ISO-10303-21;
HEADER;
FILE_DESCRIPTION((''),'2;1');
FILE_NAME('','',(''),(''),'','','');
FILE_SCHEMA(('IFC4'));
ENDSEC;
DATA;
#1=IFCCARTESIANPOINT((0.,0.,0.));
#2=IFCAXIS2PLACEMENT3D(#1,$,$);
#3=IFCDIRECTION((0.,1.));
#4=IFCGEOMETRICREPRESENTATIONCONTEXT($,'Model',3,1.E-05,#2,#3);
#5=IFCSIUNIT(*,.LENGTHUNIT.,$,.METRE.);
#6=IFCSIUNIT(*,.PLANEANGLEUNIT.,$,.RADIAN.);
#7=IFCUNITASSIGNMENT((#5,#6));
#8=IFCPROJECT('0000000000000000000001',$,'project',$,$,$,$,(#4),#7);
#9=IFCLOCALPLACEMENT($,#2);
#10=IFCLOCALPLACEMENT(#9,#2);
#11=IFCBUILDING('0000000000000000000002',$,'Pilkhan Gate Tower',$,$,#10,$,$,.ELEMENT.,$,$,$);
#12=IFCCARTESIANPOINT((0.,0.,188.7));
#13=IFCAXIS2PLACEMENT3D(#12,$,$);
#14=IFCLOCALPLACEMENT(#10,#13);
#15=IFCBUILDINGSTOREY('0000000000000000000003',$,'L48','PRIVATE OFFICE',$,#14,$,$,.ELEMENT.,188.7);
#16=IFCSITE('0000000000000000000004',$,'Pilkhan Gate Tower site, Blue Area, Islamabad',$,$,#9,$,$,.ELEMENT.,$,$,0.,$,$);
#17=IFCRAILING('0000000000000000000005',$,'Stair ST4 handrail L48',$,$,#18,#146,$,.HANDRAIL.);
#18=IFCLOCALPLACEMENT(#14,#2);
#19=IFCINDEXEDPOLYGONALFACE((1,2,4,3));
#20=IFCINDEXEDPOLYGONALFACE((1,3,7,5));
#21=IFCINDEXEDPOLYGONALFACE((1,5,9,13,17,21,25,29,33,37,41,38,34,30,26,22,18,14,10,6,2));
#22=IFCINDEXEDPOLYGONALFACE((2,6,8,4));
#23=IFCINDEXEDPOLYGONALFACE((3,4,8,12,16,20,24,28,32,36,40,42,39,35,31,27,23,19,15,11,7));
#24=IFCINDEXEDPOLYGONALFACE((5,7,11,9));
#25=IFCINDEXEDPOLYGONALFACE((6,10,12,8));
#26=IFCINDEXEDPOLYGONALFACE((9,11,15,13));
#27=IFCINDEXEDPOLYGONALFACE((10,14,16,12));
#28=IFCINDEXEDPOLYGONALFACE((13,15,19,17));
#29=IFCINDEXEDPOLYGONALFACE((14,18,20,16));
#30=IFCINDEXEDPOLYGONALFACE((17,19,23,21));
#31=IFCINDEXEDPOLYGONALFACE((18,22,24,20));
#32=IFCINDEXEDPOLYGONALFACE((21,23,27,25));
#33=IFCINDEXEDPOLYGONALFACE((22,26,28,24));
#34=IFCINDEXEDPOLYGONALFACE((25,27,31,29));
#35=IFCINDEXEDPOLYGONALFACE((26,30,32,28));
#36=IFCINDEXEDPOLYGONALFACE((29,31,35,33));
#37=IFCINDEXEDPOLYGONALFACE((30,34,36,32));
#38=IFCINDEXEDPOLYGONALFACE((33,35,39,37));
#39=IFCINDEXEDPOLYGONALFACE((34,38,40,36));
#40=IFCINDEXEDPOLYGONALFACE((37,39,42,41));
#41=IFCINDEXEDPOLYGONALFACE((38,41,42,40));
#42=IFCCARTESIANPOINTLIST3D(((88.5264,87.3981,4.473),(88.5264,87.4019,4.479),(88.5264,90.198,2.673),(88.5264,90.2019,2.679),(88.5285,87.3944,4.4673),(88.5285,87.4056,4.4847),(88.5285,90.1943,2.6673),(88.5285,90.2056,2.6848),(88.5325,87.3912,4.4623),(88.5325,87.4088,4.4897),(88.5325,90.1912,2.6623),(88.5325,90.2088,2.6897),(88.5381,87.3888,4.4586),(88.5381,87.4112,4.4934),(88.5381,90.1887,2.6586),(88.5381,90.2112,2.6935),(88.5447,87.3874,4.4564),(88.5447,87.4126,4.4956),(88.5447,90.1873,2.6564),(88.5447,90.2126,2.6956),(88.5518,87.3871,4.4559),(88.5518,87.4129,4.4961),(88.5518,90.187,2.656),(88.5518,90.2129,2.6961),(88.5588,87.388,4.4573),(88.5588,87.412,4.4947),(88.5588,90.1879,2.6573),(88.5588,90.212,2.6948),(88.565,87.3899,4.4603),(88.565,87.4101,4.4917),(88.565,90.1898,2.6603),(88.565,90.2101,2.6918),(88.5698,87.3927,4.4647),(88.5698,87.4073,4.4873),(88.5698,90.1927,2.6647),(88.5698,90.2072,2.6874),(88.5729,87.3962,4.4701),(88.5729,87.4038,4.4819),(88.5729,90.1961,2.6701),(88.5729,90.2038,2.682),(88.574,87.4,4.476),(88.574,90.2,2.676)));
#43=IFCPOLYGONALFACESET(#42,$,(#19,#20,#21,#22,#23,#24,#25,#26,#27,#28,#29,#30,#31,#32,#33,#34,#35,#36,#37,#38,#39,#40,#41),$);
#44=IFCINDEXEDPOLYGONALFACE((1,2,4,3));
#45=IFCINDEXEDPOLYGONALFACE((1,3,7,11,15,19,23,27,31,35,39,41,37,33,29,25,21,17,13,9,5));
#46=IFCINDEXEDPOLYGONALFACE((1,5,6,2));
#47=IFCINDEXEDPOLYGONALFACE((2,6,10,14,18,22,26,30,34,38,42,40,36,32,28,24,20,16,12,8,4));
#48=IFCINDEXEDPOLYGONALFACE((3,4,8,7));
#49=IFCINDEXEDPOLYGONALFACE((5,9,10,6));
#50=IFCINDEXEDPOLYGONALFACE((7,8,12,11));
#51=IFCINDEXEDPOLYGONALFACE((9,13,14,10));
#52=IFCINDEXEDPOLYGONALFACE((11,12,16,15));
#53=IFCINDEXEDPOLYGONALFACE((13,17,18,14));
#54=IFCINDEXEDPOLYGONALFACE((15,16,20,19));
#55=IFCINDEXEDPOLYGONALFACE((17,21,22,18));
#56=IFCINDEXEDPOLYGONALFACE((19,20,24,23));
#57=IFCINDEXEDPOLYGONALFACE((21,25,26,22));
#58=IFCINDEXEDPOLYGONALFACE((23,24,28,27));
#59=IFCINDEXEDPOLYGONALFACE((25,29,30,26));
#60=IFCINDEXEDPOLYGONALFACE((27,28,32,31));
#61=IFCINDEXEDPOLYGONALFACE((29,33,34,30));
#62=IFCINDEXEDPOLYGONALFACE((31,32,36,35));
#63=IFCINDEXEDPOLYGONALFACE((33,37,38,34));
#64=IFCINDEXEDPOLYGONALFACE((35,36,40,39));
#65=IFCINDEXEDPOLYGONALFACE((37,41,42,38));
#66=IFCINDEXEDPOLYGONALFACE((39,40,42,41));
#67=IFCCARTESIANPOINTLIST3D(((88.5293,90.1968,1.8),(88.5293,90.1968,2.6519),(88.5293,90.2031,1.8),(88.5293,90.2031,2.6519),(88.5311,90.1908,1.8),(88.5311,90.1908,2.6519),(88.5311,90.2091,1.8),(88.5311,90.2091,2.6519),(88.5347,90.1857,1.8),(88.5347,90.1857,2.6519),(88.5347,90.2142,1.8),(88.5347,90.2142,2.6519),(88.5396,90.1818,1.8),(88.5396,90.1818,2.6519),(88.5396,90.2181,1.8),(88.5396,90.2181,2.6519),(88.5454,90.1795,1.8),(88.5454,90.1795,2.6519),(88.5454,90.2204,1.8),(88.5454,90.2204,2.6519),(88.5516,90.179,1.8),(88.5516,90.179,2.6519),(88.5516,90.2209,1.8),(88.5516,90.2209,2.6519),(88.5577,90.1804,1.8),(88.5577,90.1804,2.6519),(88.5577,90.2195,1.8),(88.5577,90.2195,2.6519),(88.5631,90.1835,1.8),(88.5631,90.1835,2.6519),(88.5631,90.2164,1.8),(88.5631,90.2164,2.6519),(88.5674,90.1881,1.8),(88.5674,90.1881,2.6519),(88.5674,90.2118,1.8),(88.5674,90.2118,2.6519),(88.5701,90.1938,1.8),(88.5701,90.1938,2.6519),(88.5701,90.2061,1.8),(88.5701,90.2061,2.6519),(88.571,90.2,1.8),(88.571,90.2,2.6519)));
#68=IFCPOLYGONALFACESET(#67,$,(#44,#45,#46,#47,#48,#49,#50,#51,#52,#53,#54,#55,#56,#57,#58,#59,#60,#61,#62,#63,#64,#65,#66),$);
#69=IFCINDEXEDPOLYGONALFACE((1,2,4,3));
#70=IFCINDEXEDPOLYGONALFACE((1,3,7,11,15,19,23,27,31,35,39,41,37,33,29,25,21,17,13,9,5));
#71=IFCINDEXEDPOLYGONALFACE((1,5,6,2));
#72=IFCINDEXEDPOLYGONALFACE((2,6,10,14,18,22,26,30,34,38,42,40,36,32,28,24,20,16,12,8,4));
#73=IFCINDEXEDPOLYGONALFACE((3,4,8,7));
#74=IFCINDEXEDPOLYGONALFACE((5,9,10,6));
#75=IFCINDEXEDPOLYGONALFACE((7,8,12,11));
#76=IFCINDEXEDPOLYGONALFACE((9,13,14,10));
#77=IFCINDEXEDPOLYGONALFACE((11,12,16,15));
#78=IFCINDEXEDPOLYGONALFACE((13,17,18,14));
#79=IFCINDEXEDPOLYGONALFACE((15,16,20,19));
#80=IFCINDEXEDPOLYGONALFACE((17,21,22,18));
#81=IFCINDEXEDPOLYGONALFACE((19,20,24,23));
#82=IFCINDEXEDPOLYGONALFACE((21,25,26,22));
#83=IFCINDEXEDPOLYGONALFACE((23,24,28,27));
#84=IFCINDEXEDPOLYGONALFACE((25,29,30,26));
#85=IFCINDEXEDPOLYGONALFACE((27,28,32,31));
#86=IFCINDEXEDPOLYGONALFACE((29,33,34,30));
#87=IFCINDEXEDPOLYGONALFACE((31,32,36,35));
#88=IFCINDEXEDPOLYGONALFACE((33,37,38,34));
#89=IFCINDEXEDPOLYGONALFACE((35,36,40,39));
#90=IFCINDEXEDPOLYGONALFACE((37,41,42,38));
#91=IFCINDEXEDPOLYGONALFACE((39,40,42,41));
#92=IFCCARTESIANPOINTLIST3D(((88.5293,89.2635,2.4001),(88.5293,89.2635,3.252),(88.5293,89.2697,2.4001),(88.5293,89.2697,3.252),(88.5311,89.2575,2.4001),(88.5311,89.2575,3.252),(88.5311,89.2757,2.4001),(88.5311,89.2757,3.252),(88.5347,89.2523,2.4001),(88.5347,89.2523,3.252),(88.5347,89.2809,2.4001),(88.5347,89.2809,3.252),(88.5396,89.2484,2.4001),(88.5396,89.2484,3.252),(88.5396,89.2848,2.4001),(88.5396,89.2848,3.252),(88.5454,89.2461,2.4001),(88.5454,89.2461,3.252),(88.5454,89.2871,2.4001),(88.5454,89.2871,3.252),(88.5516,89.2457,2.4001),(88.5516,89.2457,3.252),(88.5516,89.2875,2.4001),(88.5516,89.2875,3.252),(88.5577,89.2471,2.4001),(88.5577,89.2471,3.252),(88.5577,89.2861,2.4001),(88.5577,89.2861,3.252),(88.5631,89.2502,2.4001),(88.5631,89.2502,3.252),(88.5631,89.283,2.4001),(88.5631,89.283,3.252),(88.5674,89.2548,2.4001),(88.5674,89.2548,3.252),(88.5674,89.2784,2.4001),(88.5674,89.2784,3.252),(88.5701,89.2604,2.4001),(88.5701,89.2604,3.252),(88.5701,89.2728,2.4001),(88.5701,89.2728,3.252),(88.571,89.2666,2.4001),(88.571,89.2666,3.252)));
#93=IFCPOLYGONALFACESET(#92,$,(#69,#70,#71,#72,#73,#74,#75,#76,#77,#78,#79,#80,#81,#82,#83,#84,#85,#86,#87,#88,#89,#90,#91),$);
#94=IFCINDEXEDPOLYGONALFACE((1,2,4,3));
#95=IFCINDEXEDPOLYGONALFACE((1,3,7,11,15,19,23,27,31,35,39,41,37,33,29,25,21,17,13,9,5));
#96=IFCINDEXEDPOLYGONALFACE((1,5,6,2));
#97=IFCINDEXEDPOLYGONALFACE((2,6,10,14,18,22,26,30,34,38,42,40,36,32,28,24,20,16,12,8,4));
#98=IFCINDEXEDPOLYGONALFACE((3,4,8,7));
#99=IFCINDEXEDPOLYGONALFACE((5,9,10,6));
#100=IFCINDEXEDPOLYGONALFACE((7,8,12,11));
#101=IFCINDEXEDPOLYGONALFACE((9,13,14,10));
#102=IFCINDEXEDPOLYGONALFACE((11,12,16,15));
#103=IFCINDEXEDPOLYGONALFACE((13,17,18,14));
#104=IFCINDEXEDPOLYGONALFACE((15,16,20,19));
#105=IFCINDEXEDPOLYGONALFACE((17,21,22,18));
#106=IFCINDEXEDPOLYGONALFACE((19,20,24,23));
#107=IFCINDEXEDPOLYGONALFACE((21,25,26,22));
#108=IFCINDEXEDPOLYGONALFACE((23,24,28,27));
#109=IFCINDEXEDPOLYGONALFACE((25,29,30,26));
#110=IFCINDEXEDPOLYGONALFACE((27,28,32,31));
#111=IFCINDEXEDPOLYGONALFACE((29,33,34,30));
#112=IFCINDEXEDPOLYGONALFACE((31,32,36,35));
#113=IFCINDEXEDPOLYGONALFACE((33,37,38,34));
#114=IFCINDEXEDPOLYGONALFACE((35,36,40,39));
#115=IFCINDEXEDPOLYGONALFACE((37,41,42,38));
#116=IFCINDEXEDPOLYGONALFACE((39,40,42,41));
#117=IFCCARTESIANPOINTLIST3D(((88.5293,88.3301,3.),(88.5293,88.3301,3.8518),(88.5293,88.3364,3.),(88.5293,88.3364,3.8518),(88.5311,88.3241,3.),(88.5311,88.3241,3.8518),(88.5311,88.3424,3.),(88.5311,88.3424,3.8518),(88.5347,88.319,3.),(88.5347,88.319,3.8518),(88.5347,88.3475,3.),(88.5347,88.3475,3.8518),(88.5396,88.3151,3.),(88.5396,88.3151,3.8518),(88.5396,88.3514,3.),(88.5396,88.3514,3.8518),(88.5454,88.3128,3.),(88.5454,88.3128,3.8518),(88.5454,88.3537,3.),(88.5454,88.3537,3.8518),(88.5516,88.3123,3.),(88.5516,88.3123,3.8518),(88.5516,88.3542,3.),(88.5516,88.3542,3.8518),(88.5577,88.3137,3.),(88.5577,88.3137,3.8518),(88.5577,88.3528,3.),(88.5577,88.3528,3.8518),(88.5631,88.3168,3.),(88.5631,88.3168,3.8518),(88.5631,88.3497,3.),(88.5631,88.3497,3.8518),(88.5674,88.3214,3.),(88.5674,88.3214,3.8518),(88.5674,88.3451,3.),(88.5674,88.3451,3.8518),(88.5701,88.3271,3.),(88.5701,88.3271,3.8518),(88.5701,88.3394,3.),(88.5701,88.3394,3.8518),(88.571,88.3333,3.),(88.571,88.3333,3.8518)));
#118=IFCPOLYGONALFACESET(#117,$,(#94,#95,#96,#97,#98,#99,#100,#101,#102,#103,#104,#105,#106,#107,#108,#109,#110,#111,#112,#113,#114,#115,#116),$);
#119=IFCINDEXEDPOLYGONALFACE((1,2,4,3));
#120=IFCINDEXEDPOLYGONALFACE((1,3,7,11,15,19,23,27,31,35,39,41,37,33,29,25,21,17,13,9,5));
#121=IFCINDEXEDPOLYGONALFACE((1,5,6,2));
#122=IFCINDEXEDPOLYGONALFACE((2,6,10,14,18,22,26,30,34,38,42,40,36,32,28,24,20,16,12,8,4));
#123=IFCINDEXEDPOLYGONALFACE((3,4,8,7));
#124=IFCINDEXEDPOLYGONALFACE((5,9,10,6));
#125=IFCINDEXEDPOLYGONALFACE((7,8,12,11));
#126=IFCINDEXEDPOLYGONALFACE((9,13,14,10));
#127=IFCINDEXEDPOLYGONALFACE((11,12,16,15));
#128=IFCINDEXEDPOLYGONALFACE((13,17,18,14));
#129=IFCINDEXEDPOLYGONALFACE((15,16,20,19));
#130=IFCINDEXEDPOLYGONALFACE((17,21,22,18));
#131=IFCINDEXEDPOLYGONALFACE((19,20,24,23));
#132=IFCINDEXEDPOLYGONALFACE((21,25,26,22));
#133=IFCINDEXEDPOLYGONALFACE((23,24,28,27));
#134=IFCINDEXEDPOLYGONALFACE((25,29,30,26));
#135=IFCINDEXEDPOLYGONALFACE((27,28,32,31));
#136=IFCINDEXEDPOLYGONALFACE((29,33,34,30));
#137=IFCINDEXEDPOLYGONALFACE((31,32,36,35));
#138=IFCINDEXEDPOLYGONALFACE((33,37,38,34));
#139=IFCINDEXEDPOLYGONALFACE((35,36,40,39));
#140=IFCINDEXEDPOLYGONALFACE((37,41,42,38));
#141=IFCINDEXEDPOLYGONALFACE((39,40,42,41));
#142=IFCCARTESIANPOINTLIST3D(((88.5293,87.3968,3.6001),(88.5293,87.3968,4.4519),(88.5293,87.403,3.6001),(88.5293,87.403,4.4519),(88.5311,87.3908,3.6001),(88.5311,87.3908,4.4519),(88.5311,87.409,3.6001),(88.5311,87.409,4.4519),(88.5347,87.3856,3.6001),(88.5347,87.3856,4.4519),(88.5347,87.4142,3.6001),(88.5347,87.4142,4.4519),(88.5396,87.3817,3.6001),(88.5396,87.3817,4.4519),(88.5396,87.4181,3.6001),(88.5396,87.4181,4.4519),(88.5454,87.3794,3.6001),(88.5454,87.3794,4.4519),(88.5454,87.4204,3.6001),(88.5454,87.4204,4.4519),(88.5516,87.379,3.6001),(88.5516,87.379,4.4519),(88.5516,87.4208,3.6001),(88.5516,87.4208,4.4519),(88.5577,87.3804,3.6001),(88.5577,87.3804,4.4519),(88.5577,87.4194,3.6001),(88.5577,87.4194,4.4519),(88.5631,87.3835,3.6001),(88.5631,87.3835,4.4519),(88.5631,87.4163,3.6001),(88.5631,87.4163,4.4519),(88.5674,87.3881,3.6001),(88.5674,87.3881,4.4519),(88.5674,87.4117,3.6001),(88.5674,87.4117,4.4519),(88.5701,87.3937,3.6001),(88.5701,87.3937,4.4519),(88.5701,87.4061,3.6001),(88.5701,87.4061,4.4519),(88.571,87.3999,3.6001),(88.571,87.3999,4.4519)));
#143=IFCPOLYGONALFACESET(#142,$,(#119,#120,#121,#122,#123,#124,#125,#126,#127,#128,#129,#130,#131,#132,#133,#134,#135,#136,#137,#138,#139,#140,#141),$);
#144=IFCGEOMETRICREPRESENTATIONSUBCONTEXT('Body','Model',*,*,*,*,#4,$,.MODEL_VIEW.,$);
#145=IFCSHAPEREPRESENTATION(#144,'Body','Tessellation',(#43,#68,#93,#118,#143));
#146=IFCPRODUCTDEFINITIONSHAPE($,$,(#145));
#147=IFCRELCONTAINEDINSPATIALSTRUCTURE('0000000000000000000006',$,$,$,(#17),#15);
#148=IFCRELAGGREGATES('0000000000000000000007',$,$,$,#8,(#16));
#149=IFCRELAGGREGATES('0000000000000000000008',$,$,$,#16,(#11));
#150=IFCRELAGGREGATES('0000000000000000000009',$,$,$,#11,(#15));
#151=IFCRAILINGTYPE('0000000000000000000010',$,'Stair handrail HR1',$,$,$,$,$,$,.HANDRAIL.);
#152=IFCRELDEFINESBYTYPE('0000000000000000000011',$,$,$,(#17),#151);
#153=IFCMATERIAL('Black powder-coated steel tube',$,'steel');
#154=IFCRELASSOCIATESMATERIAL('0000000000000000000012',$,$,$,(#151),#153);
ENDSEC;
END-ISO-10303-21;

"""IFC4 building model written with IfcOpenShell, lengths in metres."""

from ifc_helpers import new_model, si_unit, direction, frame, origin, origin_2d, place, context, subcontext, project, spatial, circle, extrude, material, type_object, element, save


model = new_model("IFC4")

# Units and contexts
model_context = context("Model", 3, precision=1e-05, world=origin(), true_north=direction((0.0, 1.0)))
body_context = subcontext(model_context, "Body", "Model", "MODEL_VIEW")
ifc_project = project(units=[si_unit("LENGTHUNIT", "METRE"), si_unit("PLANEANGLEUNIT", "RADIAN")], contexts=[model_context])

# Site, building, storey
site_placement = place(None, origin())
site = spatial("IfcSite", under=ifc_project, at=site_placement, Name="Pilkhan Gate Tower site, Blue Area, Islamabad", CompositionType="ELEMENT", RefElevation=0.0)
building_placement = place(site_placement, origin())
building = spatial("IfcBuilding", under=site, at=building_placement, Name="Pilkhan Gate Tower", CompositionType="ELEMENT")
storey_placement = place(building_placement, frame((0.0, 0.0, 188.7)))
storey = spatial("IfcBuildingStorey", under=building, at=storey_placement, Name="L48", Description="PRIVATE OFFICE", CompositionType="ELEMENT", Elevation=188.7)

# Railing
ifc_material_1 = material(Name="Black powder-coated steel tube", Category="steel")
railing_type_1 = type_object("IfcRailingType", Name="Stair handrail HR1", PredefinedType="HANDRAIL", material=ifc_material_1)
railing_1_placement = place(storey_placement, frame((88.55, 90.2, 1.8)))
element("IfcRailing", 1, at=railing_1_placement, inside=storey, type_object=railing_type_1, Name="Stair ST4 handrail L48", PredefinedType="HANDRAIL", context=body_context, shape_type="SweptSolid", body=[
    extrude(circle(Radius=0.0239, at=origin_2d()), frame((0.0, 0.0, 0.876), z_axis=(0.0, -0.841176, 0.540761), x_axis=(1.0, 0.0, 0.0)), (0.0, 0.0, 1.0), 3.3286),
    extrude(circle(Radius=0.021, at=origin_2d()), origin(), (0.0, 0.0, 1.0), 0.8518),
    extrude(circle(Radius=0.021, at=origin_2d()), frame((0.0, -0.9333, 0.6001)), (0.0, 0.0, 1.0), 0.8518),
    extrude(circle(Radius=0.021, at=origin_2d()), frame((0.0, -1.8667, 1.2)), (0.0, 0.0, 1.0), 0.8518),
    extrude(circle(Radius=0.021, at=origin_2d()), frame((0.0, -2.8, 1.8)), (0.0, 0.0, 1.0), 0.8518),
])

save(model, "model.ifc")
